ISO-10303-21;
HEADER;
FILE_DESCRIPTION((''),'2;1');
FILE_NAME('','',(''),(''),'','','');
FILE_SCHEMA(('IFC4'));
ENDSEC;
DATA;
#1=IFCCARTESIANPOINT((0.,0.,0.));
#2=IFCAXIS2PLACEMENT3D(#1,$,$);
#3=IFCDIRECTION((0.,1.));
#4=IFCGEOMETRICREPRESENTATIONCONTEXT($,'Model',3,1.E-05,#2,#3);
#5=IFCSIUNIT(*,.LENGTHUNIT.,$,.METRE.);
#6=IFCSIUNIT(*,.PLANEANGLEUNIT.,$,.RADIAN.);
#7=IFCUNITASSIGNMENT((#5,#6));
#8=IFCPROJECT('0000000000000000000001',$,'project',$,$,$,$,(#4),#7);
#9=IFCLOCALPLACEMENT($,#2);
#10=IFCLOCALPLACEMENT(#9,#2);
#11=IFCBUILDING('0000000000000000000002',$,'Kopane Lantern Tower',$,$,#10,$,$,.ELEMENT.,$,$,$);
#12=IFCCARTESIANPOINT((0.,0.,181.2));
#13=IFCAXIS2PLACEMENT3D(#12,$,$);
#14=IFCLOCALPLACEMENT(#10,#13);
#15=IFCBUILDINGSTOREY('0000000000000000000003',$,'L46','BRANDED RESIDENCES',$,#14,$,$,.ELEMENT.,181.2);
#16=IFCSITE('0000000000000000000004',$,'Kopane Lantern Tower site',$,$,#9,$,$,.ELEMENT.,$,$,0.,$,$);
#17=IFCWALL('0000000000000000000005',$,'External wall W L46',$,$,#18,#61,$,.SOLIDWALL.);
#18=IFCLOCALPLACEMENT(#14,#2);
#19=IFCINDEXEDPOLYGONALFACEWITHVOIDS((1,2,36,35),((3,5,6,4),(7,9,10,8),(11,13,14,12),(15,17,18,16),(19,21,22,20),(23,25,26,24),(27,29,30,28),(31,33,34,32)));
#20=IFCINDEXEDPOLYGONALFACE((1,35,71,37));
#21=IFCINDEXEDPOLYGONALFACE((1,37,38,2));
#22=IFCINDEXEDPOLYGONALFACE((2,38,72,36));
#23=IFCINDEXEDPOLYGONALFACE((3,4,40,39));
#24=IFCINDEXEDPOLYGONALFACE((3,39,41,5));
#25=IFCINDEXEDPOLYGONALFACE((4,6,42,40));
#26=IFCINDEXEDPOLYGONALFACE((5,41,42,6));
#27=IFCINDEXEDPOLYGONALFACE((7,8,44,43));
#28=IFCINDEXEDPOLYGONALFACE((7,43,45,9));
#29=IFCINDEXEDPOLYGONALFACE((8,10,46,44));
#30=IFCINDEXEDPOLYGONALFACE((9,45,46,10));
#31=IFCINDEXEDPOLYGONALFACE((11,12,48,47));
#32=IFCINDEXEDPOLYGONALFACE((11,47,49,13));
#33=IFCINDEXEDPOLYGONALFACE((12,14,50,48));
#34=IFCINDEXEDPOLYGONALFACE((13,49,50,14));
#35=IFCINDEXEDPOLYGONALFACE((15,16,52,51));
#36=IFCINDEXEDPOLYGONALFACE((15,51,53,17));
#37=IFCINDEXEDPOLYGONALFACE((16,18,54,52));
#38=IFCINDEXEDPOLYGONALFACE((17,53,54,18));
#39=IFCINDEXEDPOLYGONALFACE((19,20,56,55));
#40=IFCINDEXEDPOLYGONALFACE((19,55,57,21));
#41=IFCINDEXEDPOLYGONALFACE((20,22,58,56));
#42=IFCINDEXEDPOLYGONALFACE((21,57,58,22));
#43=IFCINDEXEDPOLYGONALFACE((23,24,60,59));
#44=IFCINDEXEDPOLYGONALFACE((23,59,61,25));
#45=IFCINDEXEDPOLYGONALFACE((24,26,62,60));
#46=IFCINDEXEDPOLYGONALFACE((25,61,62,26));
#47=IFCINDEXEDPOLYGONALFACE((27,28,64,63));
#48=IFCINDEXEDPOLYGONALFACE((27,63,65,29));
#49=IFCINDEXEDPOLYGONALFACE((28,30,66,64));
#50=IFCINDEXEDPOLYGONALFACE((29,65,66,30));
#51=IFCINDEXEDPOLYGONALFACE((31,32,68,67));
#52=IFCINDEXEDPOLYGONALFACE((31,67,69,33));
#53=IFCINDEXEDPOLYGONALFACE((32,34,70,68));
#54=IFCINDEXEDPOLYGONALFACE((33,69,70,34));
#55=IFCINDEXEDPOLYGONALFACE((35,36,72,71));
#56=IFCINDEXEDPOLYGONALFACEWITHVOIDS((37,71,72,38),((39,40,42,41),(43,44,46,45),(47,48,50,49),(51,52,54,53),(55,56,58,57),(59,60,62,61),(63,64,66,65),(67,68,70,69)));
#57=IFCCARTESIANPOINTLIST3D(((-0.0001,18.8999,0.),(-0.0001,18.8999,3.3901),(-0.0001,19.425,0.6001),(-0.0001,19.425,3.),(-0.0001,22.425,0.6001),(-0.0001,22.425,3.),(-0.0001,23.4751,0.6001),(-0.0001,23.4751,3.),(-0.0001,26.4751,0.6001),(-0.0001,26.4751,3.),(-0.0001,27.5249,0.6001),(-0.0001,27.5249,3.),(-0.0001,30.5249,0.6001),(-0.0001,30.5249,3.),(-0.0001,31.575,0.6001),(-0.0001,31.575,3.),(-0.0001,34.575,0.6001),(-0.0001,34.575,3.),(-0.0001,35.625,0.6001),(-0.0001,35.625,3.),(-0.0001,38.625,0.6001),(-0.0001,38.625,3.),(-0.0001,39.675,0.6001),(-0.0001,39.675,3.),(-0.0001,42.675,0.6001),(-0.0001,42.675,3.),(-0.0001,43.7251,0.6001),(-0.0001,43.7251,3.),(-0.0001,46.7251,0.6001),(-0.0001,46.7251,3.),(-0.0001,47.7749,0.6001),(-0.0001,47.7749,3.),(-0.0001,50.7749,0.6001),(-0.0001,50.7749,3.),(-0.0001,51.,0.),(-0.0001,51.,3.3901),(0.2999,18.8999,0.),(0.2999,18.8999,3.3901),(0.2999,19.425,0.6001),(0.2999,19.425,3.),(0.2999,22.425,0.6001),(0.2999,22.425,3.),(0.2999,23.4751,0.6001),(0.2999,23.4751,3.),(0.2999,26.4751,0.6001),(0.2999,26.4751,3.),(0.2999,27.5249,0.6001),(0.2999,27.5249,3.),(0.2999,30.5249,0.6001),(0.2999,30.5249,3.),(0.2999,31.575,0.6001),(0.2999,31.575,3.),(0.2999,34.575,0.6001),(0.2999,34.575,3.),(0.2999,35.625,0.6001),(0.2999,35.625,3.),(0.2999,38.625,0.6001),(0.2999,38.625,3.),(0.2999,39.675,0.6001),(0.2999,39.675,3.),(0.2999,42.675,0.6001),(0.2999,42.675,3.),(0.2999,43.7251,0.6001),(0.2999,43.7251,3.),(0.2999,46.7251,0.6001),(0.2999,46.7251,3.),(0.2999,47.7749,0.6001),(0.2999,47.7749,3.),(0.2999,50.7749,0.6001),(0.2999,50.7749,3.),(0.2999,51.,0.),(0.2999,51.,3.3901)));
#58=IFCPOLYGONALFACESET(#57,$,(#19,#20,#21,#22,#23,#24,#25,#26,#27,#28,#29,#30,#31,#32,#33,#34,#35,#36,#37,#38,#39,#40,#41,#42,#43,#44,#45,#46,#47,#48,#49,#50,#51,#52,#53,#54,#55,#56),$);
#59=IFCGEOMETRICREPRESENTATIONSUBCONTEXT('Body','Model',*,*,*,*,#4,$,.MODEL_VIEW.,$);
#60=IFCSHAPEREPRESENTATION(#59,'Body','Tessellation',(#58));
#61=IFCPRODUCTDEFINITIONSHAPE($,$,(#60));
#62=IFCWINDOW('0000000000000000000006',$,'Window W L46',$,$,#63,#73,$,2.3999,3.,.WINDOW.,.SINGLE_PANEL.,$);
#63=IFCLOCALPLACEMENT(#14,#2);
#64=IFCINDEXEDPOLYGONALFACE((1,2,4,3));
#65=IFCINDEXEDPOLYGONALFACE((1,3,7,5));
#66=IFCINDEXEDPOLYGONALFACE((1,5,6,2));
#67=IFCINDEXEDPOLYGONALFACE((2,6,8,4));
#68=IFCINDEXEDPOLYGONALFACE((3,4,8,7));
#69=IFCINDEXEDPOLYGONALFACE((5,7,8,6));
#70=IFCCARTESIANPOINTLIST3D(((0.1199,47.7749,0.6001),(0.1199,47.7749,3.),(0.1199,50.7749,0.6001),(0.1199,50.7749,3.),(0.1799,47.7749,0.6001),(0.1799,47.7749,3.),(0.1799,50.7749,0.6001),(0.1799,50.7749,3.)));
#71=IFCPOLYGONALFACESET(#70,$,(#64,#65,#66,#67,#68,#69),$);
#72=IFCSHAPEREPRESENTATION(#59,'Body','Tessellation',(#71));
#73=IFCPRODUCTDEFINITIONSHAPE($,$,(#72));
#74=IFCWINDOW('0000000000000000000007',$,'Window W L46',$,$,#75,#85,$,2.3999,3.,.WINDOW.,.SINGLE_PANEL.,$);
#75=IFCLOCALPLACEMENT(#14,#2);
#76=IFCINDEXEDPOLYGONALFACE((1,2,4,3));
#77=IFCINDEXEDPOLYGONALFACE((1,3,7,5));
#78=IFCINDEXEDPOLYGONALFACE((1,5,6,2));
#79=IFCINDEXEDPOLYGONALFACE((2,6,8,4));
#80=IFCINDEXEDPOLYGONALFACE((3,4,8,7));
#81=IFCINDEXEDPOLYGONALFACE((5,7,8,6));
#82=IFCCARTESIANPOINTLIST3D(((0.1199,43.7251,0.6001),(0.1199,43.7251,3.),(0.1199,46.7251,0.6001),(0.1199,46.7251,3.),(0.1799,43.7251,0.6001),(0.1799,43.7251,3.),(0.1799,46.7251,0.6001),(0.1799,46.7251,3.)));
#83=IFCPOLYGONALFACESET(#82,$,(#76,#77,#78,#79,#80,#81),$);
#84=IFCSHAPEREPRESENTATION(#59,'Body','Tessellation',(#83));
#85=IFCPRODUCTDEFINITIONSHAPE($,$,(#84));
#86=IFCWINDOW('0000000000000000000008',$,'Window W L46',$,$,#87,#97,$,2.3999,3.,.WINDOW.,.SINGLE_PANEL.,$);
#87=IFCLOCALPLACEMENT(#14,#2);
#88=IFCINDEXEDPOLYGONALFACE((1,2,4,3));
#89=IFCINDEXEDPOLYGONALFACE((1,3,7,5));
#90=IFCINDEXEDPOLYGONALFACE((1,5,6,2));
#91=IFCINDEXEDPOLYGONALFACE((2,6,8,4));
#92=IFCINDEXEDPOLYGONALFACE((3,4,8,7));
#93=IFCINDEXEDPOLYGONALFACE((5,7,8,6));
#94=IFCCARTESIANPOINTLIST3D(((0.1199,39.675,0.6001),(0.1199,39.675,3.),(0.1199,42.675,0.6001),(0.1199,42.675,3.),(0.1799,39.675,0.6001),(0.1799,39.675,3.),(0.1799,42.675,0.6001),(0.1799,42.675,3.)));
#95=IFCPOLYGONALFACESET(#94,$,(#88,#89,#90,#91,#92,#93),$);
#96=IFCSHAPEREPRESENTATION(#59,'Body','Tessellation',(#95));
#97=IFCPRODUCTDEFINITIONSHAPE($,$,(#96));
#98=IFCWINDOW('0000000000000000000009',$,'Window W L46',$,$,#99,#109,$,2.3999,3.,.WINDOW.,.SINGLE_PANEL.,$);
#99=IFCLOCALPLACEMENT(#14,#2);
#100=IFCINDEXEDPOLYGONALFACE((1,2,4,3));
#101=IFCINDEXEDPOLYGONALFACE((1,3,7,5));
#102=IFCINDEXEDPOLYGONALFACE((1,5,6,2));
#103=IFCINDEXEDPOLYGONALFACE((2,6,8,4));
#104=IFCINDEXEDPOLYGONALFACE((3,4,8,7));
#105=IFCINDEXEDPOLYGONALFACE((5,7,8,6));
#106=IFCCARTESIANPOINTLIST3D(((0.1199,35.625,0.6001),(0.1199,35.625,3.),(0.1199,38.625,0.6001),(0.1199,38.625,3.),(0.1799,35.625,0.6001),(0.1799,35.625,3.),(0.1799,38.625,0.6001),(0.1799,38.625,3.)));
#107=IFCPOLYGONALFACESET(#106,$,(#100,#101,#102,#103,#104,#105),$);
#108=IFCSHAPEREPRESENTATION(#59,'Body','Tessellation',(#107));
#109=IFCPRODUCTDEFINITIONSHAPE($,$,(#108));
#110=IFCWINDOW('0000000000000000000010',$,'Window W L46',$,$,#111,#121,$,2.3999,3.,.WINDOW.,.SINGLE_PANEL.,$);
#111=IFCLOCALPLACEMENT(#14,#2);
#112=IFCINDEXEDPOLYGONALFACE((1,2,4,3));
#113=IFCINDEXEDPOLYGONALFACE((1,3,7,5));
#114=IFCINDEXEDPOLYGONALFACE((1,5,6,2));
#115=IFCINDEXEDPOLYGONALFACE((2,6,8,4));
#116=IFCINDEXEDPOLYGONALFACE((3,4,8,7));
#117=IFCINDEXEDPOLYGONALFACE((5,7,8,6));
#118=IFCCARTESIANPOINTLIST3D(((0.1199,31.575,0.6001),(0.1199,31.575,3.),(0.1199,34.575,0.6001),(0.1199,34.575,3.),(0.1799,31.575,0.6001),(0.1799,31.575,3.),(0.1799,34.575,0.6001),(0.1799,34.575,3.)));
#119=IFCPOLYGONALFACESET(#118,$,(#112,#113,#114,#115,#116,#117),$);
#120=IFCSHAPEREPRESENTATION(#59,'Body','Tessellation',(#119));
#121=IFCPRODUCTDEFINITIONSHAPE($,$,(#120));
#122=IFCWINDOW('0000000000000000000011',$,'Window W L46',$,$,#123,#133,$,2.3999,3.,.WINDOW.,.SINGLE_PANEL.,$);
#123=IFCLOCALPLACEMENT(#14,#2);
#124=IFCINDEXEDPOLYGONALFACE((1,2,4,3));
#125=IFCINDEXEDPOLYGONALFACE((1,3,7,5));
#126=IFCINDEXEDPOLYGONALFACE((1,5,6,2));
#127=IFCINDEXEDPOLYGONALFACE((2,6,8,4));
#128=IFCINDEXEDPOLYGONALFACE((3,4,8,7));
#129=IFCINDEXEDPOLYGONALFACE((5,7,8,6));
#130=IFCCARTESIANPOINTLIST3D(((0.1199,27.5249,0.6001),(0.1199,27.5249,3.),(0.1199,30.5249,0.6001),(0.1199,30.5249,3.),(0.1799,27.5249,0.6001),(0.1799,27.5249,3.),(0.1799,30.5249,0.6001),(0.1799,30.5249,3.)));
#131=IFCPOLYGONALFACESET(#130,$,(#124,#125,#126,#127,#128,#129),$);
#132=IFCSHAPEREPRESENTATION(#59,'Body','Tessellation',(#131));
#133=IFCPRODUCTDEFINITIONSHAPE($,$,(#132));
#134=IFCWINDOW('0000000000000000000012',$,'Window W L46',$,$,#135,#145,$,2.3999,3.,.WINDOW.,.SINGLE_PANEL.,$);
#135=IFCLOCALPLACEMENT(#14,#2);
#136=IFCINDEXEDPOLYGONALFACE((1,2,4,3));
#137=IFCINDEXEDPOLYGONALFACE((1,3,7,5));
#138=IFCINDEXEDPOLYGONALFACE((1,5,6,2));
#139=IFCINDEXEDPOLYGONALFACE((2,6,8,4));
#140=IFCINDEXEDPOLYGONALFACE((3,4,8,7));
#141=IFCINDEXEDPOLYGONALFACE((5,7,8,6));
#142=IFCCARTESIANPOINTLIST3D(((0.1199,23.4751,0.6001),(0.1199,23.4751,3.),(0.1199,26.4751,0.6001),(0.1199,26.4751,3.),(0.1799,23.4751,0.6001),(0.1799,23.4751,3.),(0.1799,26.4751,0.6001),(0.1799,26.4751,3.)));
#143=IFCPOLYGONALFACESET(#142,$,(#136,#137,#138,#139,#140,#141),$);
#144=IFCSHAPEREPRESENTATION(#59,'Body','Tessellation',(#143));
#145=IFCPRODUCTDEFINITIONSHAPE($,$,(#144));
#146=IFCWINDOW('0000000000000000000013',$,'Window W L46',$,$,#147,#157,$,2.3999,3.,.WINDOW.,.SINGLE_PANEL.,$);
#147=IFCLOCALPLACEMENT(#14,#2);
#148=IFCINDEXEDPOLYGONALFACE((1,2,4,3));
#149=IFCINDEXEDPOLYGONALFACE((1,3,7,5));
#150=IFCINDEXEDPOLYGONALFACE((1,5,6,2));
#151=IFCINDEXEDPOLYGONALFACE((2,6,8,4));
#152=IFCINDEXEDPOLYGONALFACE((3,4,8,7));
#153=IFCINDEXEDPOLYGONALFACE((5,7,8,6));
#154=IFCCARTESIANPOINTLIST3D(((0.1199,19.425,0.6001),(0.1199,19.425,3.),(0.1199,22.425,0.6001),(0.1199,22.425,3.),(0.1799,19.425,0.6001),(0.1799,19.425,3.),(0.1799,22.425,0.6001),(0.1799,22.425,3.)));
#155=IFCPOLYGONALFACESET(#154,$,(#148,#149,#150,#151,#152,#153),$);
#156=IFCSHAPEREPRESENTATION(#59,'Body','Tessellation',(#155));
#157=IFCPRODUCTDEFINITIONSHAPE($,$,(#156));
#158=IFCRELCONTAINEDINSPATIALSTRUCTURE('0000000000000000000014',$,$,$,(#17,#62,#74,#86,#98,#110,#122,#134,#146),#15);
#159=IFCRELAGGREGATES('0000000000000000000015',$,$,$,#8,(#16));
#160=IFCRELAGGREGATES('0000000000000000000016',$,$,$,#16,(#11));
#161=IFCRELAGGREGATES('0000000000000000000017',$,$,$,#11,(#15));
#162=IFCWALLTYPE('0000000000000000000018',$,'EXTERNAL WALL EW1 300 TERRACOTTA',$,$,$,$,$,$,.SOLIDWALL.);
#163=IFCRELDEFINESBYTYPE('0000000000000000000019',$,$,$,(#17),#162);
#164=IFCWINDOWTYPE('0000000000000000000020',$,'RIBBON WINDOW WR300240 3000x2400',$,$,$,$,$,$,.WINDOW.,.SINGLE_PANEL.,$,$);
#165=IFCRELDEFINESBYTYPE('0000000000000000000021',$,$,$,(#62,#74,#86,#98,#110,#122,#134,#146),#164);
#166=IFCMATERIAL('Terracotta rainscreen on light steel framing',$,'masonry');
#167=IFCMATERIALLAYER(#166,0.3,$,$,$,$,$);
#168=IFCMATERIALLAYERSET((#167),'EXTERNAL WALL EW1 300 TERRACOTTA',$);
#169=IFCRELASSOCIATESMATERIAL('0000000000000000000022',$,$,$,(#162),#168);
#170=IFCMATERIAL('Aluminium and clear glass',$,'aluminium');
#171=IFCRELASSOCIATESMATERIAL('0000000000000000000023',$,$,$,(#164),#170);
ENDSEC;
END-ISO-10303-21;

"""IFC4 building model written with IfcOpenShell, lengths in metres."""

from ifc_helpers import new_model, si_unit, direction, frame, frame_2d, origin, place, context, subcontext, project, spatial, rectangle, extrude, material, layer, layer_set, type_object, element, fill, save


model = new_model("IFC4")

# Units and contexts
model_context = context("Model", 3, precision=1e-05, world=origin(), true_north=direction((0.0, 1.0)))
body_context = subcontext(model_context, "Body", "Model", "MODEL_VIEW")
ifc_project = project(units=[si_unit("LENGTHUNIT", "METRE"), si_unit("PLANEANGLEUNIT", "RADIAN")], contexts=[model_context])

# Site, building, storey
site_placement = place(None, origin())
site = spatial("IfcSite", under=ifc_project, at=site_placement, Name="Kopane Lantern Tower site", CompositionType="ELEMENT", RefElevation=0.0)
building_placement = place(site_placement, origin())
building = spatial("IfcBuilding", under=site, at=building_placement, Name="Kopane Lantern Tower", CompositionType="ELEMENT")
storey_placement = place(building_placement, frame((0.0, 0.0, 181.2)))
storey = spatial("IfcBuildingStorey", under=building, at=storey_placement, Name="L46", Description="BRANDED RESIDENCES", CompositionType="ELEMENT", Elevation=181.2)

# Shared definitions
ifc_material_1 = material(Name="Terracotta rainscreen on light steel framing", Category="masonry")
ifc_layer = layer(ifc_material_1, 0.3)
ifc_layer_set = layer_set([ifc_layer], Name="EXTERNAL WALL EW1 300 TERRACOTTA")
wall_type = type_object("IfcWallType", Name="EXTERNAL WALL EW1 300 TERRACOTTA", PredefinedType="SOLIDWALL", material=ifc_layer_set)

# Wall, openings, windows
wall_1_placement = place(storey_placement, frame((0.1499, 51.0, 0.0), z_axis=(0.0, 0.0, 1.0), x_axis=(0.0, -1.0, 0.0)))
wall_1 = element("IfcWall", 1, at=wall_1_placement, inside=storey, type_object=wall_type, Name="External wall W L46", PredefinedType="SOLIDWALL", context=body_context, shape_type="SweptSolid", body=[
    extrude(rectangle(XDim=32.1001, YDim=0.3, at=frame_2d((16.05, 0.0))), origin(), (0.0, 0.0, 1.0), 3.3901),
])
opening_1_placement = place(wall_1_placement, frame((0.2251, 0.0, 0.6001)))
opening_1 = element("IfcOpeningElement", 2, at=opening_1_placement, cuts=wall_1, PredefinedType="OPENING", context=body_context, shape_type="SweptSolid", body=[
    extrude(rectangle(XDim=3.0, YDim=2.3999, at=frame_2d((1.5, 1.2))), frame((0.0, 0.1599, 0.0), z_axis=(0.0, -1.0, 0.0), x_axis=(1.0, 0.0, 0.0)), (0.0, 0.0, 1.0), 0.3201),
])
opening_2_placement = place(wall_1_placement, frame((4.2749, 0.0, 0.6001)))
opening_2 = element("IfcOpeningElement", 3, at=opening_2_placement, cuts=wall_1, PredefinedType="OPENING", context=body_context, shape_type="SweptSolid", body=[
    extrude(rectangle(XDim=3.0, YDim=2.3999, at=frame_2d((1.5, 1.2))), frame((0.0, 0.1599, 0.0), z_axis=(0.0, -1.0, 0.0), x_axis=(1.0, 0.0, 0.0)), (0.0, 0.0, 1.0), 0.3201),
])
opening_3_placement = place(wall_1_placement, frame((8.325, 0.0, 0.6001)))
opening_3 = element("IfcOpeningElement", 4, at=opening_3_placement, cuts=wall_1, PredefinedType="OPENING", context=body_context, shape_type="SweptSolid", body=[
    extrude(rectangle(XDim=3.0, YDim=2.3999, at=frame_2d((1.5, 1.2))), frame((0.0, 0.1599, 0.0), z_axis=(0.0, -1.0, 0.0), x_axis=(1.0, 0.0, 0.0)), (0.0, 0.0, 1.0), 0.3201),
])
opening_4_placement = place(wall_1_placement, frame((12.375, 0.0, 0.6001)))
opening_4 = element("IfcOpeningElement", 5, at=opening_4_placement, cuts=wall_1, PredefinedType="OPENING", context=body_context, shape_type="SweptSolid", body=[
    extrude(rectangle(XDim=3.0, YDim=2.3999, at=frame_2d((1.5, 1.2))), frame((0.0, 0.1599, 0.0), z_axis=(0.0, -1.0, 0.0), x_axis=(1.0, 0.0, 0.0)), (0.0, 0.0, 1.0), 0.3201),
])
opening_5_placement = place(wall_1_placement, frame((16.425, 0.0, 0.6001)))
opening_5 = element("IfcOpeningElement", 6, at=opening_5_placement, cuts=wall_1, PredefinedType="OPENING", context=body_context, shape_type="SweptSolid", body=[
    extrude(rectangle(XDim=3.0, YDim=2.3999, at=frame_2d((1.5, 1.2))), frame((0.0, 0.1599, 0.0), z_axis=(0.0, -1.0, 0.0), x_axis=(1.0, 0.0, 0.0)), (0.0, 0.0, 1.0), 0.3201),
])
opening_6_placement = place(wall_1_placement, frame((20.4751, 0.0, 0.6001)))
opening_6 = element("IfcOpeningElement", 7, at=opening_6_placement, cuts=wall_1, PredefinedType="OPENING", context=body_context, shape_type="SweptSolid", body=[
    extrude(rectangle(XDim=3.0, YDim=2.3999, at=frame_2d((1.5, 1.2))), frame((0.0, 0.1599, 0.0), z_axis=(0.0, -1.0, 0.0), x_axis=(1.0, 0.0, 0.0)), (0.0, 0.0, 1.0), 0.3201),
])
opening_7_placement = place(wall_1_placement, frame((24.5249, 0.0, 0.6001)))
opening_7 = element("IfcOpeningElement", 8, at=opening_7_placement, cuts=wall_1, PredefinedType="OPENING", context=body_context, shape_type="SweptSolid", body=[
    extrude(rectangle(XDim=3.0, YDim=2.3999, at=frame_2d((1.5, 1.2))), frame((0.0, 0.1599, 0.0), z_axis=(0.0, -1.0, 0.0), x_axis=(1.0, 0.0, 0.0)), (0.0, 0.0, 1.0), 0.3201),
])
opening_8_placement = place(wall_1_placement, frame((28.575, 0.0, 0.6001)))
opening_8 = element("IfcOpeningElement", 9, at=opening_8_placement, cuts=wall_1, PredefinedType="OPENING", context=body_context, shape_type="SweptSolid", body=[
    extrude(rectangle(XDim=3.0, YDim=2.3999, at=frame_2d((1.5, 1.2))), frame((0.0, 0.1599, 0.0), z_axis=(0.0, -1.0, 0.0), x_axis=(1.0, 0.0, 0.0)), (0.0, 0.0, 1.0), 0.3201),
])
ifc_material_2 = material(Name="Aluminium and clear glass", Category="aluminium")
window_type_1 = type_object("IfcWindowType", Name="RIBBON WINDOW WR300240 3000x2400", PartitioningType="SINGLE_PANEL", PredefinedType="WINDOW", material=ifc_material_2)
window_1_placement = place(opening_1_placement, origin())
window_1 = element("IfcWindow", 10, at=window_1_placement, inside=storey, type_object=window_type_1, Name="Window W L46", OverallHeight=2.3999, OverallWidth=3.0, PartitioningType="SINGLE_PANEL", PredefinedType="WINDOW", context=body_context, shape_type="SweptSolid", body=[
    extrude(rectangle(XDim=3.0, YDim=2.3999, at=frame_2d((1.5, 1.2))), frame((0.0, 0.03, 0.0), z_axis=(0.0, -1.0, 0.0), x_axis=(1.0, 0.0, 0.0)), (0.0, 0.0, 1.0), 0.0601),
])
fill(opening_1, window_1)
window_2_placement = place(opening_2_placement, origin())
window_2 = element("IfcWindow", 11, at=window_2_placement, inside=storey, type_object=window_type_1, Name="Window W L46", OverallHeight=2.3999, OverallWidth=3.0, PartitioningType="SINGLE_PANEL", PredefinedType="WINDOW", context=body_context, shape_type="SweptSolid", body=[
    extrude(rectangle(XDim=3.0, YDim=2.3999, at=frame_2d((1.5, 1.2))), frame((0.0, 0.03, 0.0), z_axis=(0.0, -1.0, 0.0), x_axis=(1.0, 0.0, 0.0)), (0.0, 0.0, 1.0), 0.0601),
])
fill(opening_2, window_2)
window_3_placement = place(opening_3_placement, origin())
window_3 = element("IfcWindow", 12, at=window_3_placement, inside=storey, type_object=window_type_1, Name="Window W L46", OverallHeight=2.3999, OverallWidth=3.0, PartitioningType="SINGLE_PANEL", PredefinedType="WINDOW", context=body_context, shape_type="SweptSolid", body=[
    extrude(rectangle(XDim=3.0, YDim=2.3999, at=frame_2d((1.5, 1.2))), frame((0.0, 0.03, 0.0), z_axis=(0.0, -1.0, 0.0), x_axis=(1.0, 0.0, 0.0)), (0.0, 0.0, 1.0), 0.0601),
])
fill(opening_3, window_3)
window_4_placement = place(opening_4_placement, origin())
window_4 = element("IfcWindow", 13, at=window_4_placement, inside=storey, type_object=window_type_1, Name="Window W L46", OverallHeight=2.3999, OverallWidth=3.0, PartitioningType="SINGLE_PANEL", PredefinedType="WINDOW", context=body_context, shape_type="SweptSolid", body=[
    extrude(rectangle(XDim=3.0, YDim=2.3999, at=frame_2d((1.5, 1.2))), frame((0.0, 0.03, 0.0), z_axis=(0.0, -1.0, 0.0), x_axis=(1.0, 0.0, 0.0)), (0.0, 0.0, 1.0), 0.0601),
])
fill(opening_4, window_4)
window_5_placement = place(opening_5_placement, origin())
window_5 = element("IfcWindow", 14, at=window_5_placement, inside=storey, type_object=window_type_1, Name="Window W L46", OverallHeight=2.3999, OverallWidth=3.0, PartitioningType="SINGLE_PANEL", PredefinedType="WINDOW", context=body_context, shape_type="SweptSolid", body=[
    extrude(rectangle(XDim=3.0, YDim=2.3999, at=frame_2d((1.5, 1.2))), frame((0.0, 0.03, 0.0), z_axis=(0.0, -1.0, 0.0), x_axis=(1.0, 0.0, 0.0)), (0.0, 0.0, 1.0), 0.0601),
])
fill(opening_5, window_5)
window_6_placement = place(opening_6_placement, origin())
window_6 = element("IfcWindow", 15, at=window_6_placement, inside=storey, type_object=window_type_1, Name="Window W L46", OverallHeight=2.3999, OverallWidth=3.0, PartitioningType="SINGLE_PANEL", PredefinedType="WINDOW", context=body_context, shape_type="SweptSolid", body=[
    extrude(rectangle(XDim=3.0, YDim=2.3999, at=frame_2d((1.5, 1.2))), frame((0.0, 0.03, 0.0), z_axis=(0.0, -1.0, 0.0), x_axis=(1.0, 0.0, 0.0)), (0.0, 0.0, 1.0), 0.0601),
])
fill(opening_6, window_6)
window_7_placement = place(opening_7_placement, origin())
window_7 = element("IfcWindow", 16, at=window_7_placement, inside=storey, type_object=window_type_1, Name="Window W L46", OverallHeight=2.3999, OverallWidth=3.0, PartitioningType="SINGLE_PANEL", PredefinedType="WINDOW", context=body_context, shape_type="SweptSolid", body=[
    extrude(rectangle(XDim=3.0, YDim=2.3999, at=frame_2d((1.5, 1.2))), frame((0.0, 0.03, 0.0), z_axis=(0.0, -1.0, 0.0), x_axis=(1.0, 0.0, 0.0)), (0.0, 0.0, 1.0), 0.0601),
])
fill(opening_7, window_7)
window_8_placement = place(opening_8_placement, origin())
window_8 = element("IfcWindow", 17, at=window_8_placement, inside=storey, type_object=window_type_1, Name="Window W L46", OverallHeight=2.3999, OverallWidth=3.0, PartitioningType="SINGLE_PANEL", PredefinedType="WINDOW", context=body_context, shape_type="SweptSolid", body=[
    extrude(rectangle(XDim=3.0, YDim=2.3999, at=frame_2d((1.5, 1.2))), frame((0.0, 0.03, 0.0), z_axis=(0.0, -1.0, 0.0), x_axis=(1.0, 0.0, 0.0)), (0.0, 0.0, 1.0), 0.0601),
])
fill(opening_8, window_8)

save(model, "model.ifc")
